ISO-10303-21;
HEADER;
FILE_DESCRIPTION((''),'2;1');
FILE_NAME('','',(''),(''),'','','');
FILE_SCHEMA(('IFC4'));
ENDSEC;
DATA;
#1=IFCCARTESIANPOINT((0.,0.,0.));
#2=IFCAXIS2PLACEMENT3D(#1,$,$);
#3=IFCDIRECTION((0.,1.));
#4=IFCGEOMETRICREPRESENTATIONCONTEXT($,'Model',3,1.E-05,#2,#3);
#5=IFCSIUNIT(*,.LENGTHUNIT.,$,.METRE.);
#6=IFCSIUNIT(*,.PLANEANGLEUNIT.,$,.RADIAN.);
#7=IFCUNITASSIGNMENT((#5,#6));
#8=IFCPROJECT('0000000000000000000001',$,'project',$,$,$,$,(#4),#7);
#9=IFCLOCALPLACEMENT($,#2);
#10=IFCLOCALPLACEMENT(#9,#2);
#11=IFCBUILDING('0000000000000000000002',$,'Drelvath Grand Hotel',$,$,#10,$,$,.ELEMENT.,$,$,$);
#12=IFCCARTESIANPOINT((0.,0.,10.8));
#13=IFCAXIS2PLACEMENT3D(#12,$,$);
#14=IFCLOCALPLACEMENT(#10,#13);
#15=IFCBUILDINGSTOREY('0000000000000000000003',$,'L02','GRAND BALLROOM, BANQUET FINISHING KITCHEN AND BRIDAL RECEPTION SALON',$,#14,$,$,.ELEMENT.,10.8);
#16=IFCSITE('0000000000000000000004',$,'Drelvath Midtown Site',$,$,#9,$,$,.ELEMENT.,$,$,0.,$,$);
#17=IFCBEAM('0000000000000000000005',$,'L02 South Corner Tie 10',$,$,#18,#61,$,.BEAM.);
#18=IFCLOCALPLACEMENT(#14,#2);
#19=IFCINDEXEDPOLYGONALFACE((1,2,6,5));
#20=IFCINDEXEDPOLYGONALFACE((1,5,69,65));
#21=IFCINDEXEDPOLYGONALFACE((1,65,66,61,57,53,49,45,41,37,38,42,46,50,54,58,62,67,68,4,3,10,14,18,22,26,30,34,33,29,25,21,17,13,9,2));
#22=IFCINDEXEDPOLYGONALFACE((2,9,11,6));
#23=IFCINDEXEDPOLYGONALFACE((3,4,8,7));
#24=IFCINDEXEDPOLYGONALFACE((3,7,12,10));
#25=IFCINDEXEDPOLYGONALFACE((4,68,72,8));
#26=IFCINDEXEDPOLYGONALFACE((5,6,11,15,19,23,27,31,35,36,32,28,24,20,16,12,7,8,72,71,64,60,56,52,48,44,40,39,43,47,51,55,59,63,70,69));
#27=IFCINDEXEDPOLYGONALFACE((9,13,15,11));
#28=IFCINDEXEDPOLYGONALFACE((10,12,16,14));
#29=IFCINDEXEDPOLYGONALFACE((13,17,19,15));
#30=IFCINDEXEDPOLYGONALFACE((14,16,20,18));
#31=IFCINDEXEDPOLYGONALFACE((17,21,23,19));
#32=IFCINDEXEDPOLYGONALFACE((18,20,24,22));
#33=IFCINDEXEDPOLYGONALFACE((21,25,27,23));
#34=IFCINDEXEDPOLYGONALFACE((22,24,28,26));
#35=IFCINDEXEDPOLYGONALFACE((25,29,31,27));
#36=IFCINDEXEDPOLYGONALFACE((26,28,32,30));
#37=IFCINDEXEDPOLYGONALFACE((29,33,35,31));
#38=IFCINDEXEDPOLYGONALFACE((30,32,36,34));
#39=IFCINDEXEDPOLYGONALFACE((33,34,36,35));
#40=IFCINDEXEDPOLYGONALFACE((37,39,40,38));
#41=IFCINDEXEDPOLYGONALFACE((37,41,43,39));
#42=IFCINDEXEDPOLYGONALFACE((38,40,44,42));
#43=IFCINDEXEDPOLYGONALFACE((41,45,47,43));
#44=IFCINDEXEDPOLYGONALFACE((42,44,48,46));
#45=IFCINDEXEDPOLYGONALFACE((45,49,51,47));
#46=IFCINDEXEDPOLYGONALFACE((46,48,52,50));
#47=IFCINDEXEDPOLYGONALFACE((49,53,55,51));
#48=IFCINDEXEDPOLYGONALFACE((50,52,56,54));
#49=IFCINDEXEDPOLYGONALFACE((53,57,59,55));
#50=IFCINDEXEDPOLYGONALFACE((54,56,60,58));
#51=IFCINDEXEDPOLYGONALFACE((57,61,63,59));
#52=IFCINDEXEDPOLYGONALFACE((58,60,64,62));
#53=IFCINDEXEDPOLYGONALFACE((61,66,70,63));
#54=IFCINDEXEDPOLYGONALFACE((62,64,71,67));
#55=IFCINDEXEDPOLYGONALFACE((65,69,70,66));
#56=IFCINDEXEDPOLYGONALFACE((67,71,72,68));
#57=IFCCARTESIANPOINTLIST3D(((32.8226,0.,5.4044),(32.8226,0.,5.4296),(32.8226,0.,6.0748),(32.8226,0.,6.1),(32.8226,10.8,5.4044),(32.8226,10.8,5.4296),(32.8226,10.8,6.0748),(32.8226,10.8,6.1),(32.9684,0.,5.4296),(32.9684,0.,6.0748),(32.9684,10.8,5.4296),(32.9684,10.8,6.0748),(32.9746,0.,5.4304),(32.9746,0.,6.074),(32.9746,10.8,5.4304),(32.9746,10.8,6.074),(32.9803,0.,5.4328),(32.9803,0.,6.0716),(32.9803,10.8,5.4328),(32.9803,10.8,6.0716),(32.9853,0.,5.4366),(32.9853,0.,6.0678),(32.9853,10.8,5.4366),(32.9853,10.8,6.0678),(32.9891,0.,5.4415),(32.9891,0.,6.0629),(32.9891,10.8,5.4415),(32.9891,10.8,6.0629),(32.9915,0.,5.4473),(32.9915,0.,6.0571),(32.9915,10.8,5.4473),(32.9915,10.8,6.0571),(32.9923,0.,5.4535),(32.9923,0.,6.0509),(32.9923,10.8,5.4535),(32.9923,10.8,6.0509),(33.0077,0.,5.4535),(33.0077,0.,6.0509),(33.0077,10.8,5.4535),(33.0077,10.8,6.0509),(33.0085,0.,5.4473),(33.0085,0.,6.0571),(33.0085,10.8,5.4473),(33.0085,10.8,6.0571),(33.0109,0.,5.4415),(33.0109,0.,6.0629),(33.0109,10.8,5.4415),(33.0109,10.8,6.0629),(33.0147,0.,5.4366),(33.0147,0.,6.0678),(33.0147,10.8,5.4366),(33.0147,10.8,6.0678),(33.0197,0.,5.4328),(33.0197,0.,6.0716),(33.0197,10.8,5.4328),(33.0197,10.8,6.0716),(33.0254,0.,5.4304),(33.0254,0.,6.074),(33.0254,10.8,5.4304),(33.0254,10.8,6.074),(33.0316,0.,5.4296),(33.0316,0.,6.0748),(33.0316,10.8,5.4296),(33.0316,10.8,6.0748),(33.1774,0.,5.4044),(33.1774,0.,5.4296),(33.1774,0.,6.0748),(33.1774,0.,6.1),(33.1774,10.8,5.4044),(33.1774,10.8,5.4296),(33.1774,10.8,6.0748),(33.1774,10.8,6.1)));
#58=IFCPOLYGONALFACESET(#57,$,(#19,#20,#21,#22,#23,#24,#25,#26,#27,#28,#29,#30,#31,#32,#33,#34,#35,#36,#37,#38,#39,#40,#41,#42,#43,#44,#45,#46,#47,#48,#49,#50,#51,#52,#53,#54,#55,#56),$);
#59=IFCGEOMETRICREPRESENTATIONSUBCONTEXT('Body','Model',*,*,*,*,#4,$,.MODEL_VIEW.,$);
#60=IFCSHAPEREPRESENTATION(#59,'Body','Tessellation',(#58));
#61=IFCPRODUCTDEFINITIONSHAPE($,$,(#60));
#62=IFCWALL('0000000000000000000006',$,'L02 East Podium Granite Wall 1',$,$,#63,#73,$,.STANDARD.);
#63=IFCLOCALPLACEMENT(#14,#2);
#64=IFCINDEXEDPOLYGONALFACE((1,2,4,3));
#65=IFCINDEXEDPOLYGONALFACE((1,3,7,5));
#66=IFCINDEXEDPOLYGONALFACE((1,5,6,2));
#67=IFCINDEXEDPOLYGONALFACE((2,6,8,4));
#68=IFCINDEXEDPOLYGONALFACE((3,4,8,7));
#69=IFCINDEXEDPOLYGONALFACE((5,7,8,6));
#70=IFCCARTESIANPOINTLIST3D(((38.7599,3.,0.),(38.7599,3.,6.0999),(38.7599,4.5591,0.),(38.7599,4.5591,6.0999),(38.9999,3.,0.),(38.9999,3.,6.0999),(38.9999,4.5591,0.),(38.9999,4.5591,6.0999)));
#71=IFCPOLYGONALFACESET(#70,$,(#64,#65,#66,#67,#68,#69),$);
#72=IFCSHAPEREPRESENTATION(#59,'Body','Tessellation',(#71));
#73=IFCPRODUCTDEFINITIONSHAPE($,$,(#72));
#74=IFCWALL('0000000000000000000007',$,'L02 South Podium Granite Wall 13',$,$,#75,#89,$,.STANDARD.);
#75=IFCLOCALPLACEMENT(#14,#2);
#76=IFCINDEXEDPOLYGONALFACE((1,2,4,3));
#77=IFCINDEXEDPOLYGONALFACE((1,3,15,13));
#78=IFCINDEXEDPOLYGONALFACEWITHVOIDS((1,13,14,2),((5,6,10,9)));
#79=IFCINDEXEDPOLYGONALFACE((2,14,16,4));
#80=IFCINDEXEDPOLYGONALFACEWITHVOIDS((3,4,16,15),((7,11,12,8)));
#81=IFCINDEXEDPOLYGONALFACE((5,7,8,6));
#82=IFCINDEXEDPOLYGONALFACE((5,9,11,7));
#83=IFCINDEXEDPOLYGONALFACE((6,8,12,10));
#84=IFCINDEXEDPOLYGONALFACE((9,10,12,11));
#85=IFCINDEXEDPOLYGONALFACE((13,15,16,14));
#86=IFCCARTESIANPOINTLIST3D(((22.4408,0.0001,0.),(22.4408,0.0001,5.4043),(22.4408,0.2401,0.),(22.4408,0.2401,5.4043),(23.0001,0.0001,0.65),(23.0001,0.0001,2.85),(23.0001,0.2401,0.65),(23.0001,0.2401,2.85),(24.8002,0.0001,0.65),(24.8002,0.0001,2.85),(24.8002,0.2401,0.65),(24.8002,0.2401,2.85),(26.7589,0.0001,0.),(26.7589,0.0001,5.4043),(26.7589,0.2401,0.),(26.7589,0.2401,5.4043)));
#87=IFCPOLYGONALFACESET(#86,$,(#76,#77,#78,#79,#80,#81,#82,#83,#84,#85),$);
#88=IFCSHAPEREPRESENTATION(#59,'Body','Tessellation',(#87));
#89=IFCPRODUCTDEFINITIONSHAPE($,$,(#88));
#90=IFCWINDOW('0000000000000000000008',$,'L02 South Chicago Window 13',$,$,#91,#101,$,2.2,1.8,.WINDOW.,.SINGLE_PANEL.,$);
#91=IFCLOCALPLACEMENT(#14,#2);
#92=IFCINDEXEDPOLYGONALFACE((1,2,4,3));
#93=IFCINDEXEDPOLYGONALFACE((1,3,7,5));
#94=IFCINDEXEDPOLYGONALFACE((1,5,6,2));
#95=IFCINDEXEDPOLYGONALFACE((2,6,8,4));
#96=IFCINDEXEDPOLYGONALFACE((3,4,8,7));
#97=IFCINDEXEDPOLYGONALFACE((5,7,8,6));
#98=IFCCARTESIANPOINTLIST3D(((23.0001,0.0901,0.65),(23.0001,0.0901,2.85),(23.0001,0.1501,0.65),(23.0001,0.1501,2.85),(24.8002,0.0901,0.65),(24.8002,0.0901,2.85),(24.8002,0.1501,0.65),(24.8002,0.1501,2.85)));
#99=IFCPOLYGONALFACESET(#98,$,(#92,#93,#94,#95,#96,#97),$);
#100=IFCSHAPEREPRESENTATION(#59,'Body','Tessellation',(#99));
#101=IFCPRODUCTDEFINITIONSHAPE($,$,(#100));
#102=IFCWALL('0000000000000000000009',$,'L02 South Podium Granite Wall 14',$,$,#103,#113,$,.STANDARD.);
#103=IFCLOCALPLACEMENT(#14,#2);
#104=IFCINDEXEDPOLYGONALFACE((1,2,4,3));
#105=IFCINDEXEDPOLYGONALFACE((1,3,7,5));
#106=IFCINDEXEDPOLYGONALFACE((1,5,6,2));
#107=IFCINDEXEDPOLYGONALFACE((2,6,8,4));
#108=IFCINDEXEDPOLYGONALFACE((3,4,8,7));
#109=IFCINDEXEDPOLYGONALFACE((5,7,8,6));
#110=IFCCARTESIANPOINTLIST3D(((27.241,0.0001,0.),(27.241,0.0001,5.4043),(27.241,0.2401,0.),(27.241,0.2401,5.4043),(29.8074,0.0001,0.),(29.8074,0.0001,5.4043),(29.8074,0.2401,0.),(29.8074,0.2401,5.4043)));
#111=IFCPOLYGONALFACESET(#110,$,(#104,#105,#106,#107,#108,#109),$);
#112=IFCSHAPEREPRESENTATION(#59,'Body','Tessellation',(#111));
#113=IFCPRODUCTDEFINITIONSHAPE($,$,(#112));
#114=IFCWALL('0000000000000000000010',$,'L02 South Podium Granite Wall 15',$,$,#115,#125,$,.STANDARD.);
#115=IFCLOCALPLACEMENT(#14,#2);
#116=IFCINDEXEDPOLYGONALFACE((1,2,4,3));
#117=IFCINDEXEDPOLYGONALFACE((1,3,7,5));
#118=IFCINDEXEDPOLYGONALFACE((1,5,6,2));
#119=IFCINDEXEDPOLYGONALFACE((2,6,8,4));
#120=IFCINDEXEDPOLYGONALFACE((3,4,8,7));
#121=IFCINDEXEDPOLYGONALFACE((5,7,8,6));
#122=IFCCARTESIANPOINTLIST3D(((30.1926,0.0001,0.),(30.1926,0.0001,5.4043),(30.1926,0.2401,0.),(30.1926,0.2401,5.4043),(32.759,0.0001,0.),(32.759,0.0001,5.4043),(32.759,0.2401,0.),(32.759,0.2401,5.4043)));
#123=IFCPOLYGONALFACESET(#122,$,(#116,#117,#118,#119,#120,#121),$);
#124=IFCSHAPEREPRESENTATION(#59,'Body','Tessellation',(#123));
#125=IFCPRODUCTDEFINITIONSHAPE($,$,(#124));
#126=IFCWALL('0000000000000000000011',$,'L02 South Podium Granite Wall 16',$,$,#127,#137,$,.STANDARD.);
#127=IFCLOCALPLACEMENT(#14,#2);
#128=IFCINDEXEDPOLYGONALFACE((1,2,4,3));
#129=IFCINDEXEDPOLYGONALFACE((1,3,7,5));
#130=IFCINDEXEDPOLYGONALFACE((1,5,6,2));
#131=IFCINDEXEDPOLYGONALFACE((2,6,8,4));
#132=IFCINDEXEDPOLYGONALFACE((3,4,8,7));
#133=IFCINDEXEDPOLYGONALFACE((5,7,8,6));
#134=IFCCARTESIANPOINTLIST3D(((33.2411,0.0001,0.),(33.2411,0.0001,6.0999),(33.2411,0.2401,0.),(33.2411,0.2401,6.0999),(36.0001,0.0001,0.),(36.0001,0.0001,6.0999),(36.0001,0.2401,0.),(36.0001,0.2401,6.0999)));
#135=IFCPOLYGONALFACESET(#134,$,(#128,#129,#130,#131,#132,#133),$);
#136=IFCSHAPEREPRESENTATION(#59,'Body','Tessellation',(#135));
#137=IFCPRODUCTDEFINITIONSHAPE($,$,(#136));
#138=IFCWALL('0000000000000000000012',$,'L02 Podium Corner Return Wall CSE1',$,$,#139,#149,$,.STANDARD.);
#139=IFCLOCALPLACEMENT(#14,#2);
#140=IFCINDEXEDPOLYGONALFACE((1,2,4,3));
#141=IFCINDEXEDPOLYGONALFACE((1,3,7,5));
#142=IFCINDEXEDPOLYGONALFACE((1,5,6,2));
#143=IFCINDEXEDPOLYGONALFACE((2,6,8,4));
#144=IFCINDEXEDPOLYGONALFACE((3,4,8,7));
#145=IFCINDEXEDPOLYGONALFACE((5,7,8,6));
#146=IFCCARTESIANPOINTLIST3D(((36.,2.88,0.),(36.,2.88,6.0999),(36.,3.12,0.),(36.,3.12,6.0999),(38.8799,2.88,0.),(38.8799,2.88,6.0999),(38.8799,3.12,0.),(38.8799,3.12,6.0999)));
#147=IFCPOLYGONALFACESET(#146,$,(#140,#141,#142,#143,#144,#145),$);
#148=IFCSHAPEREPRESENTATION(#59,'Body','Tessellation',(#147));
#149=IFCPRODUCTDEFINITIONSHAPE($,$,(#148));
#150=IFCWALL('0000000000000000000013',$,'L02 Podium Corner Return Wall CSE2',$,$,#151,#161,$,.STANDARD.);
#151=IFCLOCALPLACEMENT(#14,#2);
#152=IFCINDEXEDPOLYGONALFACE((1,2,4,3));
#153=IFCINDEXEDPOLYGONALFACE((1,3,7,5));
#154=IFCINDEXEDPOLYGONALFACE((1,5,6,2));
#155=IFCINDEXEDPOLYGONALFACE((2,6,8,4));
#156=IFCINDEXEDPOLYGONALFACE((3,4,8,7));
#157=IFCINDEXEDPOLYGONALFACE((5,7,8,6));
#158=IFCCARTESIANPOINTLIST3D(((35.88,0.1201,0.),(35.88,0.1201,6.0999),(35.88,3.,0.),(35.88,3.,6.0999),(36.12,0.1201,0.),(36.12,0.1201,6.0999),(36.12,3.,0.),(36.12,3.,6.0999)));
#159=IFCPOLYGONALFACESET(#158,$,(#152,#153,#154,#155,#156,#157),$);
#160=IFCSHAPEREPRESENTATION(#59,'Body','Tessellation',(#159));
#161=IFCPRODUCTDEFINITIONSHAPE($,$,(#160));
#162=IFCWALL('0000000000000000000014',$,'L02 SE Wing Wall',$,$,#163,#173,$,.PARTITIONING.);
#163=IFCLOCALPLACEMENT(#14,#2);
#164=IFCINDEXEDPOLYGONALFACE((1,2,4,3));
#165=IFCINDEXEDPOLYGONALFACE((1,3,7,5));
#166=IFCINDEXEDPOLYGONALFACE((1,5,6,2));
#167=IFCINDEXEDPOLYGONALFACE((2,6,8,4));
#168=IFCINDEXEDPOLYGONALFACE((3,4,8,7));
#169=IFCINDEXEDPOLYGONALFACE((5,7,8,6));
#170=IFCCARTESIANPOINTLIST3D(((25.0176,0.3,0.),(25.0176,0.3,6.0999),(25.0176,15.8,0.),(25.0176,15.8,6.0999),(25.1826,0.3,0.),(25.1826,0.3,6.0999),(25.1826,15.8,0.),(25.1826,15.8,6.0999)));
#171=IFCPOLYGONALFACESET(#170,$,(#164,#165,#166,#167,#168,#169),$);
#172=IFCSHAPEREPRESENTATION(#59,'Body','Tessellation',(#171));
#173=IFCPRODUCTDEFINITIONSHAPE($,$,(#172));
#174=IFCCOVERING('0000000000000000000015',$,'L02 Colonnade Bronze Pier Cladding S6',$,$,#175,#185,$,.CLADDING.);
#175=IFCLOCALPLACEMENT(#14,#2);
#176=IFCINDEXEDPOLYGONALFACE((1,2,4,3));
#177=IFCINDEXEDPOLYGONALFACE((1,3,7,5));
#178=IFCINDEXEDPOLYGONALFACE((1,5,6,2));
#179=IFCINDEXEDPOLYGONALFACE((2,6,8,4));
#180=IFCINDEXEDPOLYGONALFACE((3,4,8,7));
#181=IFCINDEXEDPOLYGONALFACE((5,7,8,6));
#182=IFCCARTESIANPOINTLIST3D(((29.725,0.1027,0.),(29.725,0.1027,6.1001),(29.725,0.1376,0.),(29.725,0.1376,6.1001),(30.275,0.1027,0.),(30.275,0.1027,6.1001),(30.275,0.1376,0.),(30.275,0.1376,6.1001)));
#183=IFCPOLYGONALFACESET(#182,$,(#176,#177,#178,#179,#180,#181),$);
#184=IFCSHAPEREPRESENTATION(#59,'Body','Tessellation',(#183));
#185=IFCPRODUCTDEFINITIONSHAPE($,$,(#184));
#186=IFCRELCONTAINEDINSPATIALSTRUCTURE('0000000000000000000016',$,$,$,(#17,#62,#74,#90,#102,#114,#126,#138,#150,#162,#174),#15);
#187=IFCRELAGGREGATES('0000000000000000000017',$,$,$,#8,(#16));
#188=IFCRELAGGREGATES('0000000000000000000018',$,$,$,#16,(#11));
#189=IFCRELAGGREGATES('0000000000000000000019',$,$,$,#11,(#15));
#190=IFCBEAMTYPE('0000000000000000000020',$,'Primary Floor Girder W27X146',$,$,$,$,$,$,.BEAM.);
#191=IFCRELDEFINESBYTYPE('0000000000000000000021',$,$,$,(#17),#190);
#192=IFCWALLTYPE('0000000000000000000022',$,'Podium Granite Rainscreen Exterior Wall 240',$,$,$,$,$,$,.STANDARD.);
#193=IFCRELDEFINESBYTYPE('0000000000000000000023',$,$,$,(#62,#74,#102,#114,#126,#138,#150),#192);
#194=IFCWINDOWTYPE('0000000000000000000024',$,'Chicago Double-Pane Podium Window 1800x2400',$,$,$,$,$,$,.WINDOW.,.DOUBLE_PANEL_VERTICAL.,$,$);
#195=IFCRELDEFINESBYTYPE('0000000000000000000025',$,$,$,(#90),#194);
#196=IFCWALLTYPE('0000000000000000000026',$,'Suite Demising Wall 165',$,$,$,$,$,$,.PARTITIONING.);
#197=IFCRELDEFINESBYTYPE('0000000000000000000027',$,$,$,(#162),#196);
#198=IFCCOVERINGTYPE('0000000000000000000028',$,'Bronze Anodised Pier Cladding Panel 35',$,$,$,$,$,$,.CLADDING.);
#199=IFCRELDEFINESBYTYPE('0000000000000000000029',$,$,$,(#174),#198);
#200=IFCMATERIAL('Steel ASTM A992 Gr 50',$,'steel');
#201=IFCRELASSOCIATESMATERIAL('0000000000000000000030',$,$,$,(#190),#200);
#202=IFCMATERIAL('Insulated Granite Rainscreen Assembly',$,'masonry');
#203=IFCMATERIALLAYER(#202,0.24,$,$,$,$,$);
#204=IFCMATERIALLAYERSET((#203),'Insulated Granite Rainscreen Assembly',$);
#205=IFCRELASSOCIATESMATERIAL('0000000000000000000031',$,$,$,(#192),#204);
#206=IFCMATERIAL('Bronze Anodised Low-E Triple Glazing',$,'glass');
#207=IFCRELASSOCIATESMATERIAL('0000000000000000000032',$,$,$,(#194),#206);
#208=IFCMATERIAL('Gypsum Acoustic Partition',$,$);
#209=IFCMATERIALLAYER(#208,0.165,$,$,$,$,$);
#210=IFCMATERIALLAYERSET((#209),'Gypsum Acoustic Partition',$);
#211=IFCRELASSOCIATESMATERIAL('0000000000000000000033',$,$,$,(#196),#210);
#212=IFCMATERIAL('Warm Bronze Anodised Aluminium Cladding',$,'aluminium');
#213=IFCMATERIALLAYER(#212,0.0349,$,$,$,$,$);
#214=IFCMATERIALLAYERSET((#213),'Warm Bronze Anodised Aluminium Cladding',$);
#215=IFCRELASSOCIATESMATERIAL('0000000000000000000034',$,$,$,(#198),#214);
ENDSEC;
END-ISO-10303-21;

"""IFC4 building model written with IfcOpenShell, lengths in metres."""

from ifc_helpers import new_model, si_unit, direction, frame, frame_2d, origin, origin_2d, place, context, subcontext, project, spatial, rectangle, i_section, extrude, material, layer, layer_set, material_profile, profile_set, type_object, element, fill, save


model = new_model("IFC4")

# Units and contexts
model_context = context("Model", 3, precision=1e-05, world=origin(), true_north=direction((0.0, 1.0)))
body_context = subcontext(model_context, "Body", "Model", "MODEL_VIEW")
ifc_project = project(units=[si_unit("LENGTHUNIT", "METRE"), si_unit("PLANEANGLEUNIT", "RADIAN")], contexts=[model_context])

# Site, building, storey
site_placement = place(None, origin())
site = spatial("IfcSite", under=ifc_project, at=site_placement, Name="Drelvath Midtown Site", CompositionType="ELEMENT", RefElevation=0.0)
building_placement = place(site_placement, origin())
building = spatial("IfcBuilding", under=site, at=building_placement, Name="Drelvath Grand Hotel", CompositionType="ELEMENT")
storey_placement = place(building_placement, frame((0.0, 0.0, 10.8)))
storey = spatial("IfcBuildingStorey", under=building, at=storey_placement, Name="L02", Description="GRAND BALLROOM, BANQUET FINISHING KITCHEN AND BRIDAL RECEPTION SALON", CompositionType="ELEMENT", Elevation=10.8)

# Beam
ifc_material_1 = material(Name="Steel ASTM A992 Gr 50", Category="steel")
ifc_material_profile_1 = material_profile(ifc_material_1, i_section(OverallWidth=0.3547, OverallDepth=0.6956, WebThickness=0.0154, FlangeThickness=0.0251, FilletRadius=0.0239, at=origin_2d()), Name="W27X146")
ifc_profile_set_1 = profile_set([ifc_material_profile_1], Name="Steel ASTM A992 Gr 50")
beam_type_1 = type_object("IfcBeamType", Name="Primary Floor Girder W27X146", PredefinedType="BEAM", material=ifc_profile_set_1)
for number, where, z_axis, x_axis, name in (
    (1, (33.0, 0.0, 5.7522), (0.0, 1.0, 0.0), (-1.0, 0.0, 0.0), "L02 South Corner Tie 10"),
):
    element("IfcBeam", number, at=place(storey_placement, frame(where, z_axis=z_axis, x_axis=x_axis)), inside=storey, type_object=beam_type_1, Name=name, PredefinedType="BEAM", context=body_context, shape_type="SweptSolid", body=[
        extrude(i_section(OverallWidth=0.3547, OverallDepth=0.6956, WebThickness=0.0154, FlangeThickness=0.0251, FilletRadius=0.0239, at=origin_2d()), origin(), (0.0, 0.0, 1.0), 10.8),
    ])

# Wall
ifc_material_2 = material(Name="Insulated Granite Rainscreen Assembly", Category="masonry")
ifc_layer_1 = layer(ifc_material_2, 0.24)
ifc_layer_set_1 = layer_set([ifc_layer_1], Name="Insulated Granite Rainscreen Assembly")
wall_type_1 = type_object("IfcWallType", Name="Podium Granite Rainscreen Exterior Wall 240", PredefinedType="STANDARD", material=ifc_layer_set_1)
wall_1_placement = place(storey_placement, frame((38.8799, 4.5591, 0.0), z_axis=(0.0, 0.0, 1.0), x_axis=(0.0, -1.0, 0.0)))
element("IfcWall", 2, at=wall_1_placement, inside=storey, type_object=wall_type_1, Name="L02 East Podium Granite Wall 1", PredefinedType="STANDARD", context=body_context, shape_type="SweptSolid", body=[
    extrude(rectangle(XDim=1.5591, YDim=0.24, at=frame_2d((0.7795, 0.0))), origin(), (0.0, 0.0, 1.0), 6.0999),
])

# Wall, opening, window
wall_2_placement = place(storey_placement, frame((26.759, 0.1201, 0.0), z_axis=(0.0, 0.0, 1.0), x_axis=(-1.0, 0.0, 0.0)))
wall_2 = element("IfcWall", 3, at=wall_2_placement, inside=storey, type_object=wall_type_1, Name="L02 South Podium Granite Wall 13", PredefinedType="STANDARD", context=body_context, shape_type="SweptSolid", body=[
    extrude(rectangle(XDim=4.3181, YDim=0.24, at=frame_2d((2.1592, 0.0))), origin(), (0.0, 0.0, 1.0), 5.4043),
])
opening_placement = place(wall_2_placement, frame((1.959, 0.0, 0.6499)))
opening = element("IfcOpeningElement", 4, at=opening_placement, cuts=wall_2, PredefinedType="OPENING", context=body_context, shape_type="SweptSolid", body=[
    extrude(rectangle(XDim=1.8, YDim=2.2, at=frame_2d((0.8999, 1.1001))), frame((0.0, 0.1299, 0.0), z_axis=(0.0, -1.0, 0.0), x_axis=(1.0, 0.0, 0.0)), (0.0, 0.0, 1.0), 0.26),
])
ifc_material_3 = material(Name="Bronze Anodised Low-E Triple Glazing", Category="glass")
window_type = type_object("IfcWindowType", Name="Chicago Double-Pane Podium Window 1800x2400", PartitioningType="DOUBLE_PANEL_VERTICAL", PredefinedType="WINDOW", material=ifc_material_3)
window_placement = place(opening_placement, origin())
window = element("IfcWindow", 5, at=window_placement, inside=storey, type_object=window_type, Name="L02 South Chicago Window 13", OverallHeight=2.2, OverallWidth=1.8, PartitioningType="SINGLE_PANEL", PredefinedType="WINDOW", context=body_context, shape_type="SweptSolid", body=[
    extrude(rectangle(XDim=1.8, YDim=2.2, at=frame_2d((0.8999, 1.1001))), frame((0.0, 0.03, 0.0), z_axis=(0.0, -1.0, 0.0), x_axis=(1.0, 0.0, 0.0)), (0.0, 0.0, 1.0), 0.0601),
])
fill(opening, window)

# Walls
for number, where, z_axis, x_axis, name in (
    (6, (29.8074, 0.1201, 0.0), (0.0, 0.0, 1.0), (-1.0, 0.0, 0.0), "L02 South Podium Granite Wall 14"),
    (7, (32.759, 0.1201, 0.0), (0.0, 0.0, 1.0), (-1.0, 0.0, 0.0), "L02 South Podium Granite Wall 15"),
):
    element("IfcWall", number, at=place(storey_placement, frame(where, z_axis=z_axis, x_axis=x_axis)), inside=storey, type_object=wall_type_1, Name=name, PredefinedType="STANDARD", context=body_context, shape_type="SweptSolid", body=[
        extrude(rectangle(XDim=2.5664, YDim=0.24, at=frame_2d((1.2832, 0.0))), origin(), (0.0, 0.0, 1.0), 5.4043),
    ])
wall_3_placement = place(storey_placement, frame((36.0, 0.1201, 0.0), z_axis=(0.0, 0.0, 1.0), x_axis=(-1.0, 0.0, 0.0)))
element("IfcWall", 8, at=wall_3_placement, inside=storey, type_object=wall_type_1, Name="L02 South Podium Granite Wall 16", PredefinedType="STANDARD", context=body_context, shape_type="SweptSolid", body=[
    extrude(rectangle(XDim=2.759, YDim=0.24, at=frame_2d((1.3794, 0.0))), origin(), (0.0, 0.0, 1.0), 6.0999),
])
for number, where, z_axis, x_axis, name in (
    (9, (38.8799, 3.0, 0.0), (0.0, 0.0, 1.0), (-1.0, 0.0, 0.0), "L02 Podium Corner Return Wall CSE1"),
    (10, (36.0, 3.0, 0.0), (0.0, 0.0, 1.0), (0.0, -1.0, 0.0), "L02 Podium Corner Return Wall CSE2"),
):
    element("IfcWall", number, at=place(storey_placement, frame(where, z_axis=z_axis, x_axis=x_axis)), inside=storey, type_object=wall_type_1, Name=name, PredefinedType="STANDARD", context=body_context, shape_type="SweptSolid", body=[
        extrude(rectangle(XDim=2.8799, YDim=0.24, at=frame_2d((1.4399, 0.0))), origin(), (0.0, 0.0, 1.0), 6.0999),
    ])
ifc_material_4 = material(Name="Gypsum Acoustic Partition")
ifc_layer_2 = layer(ifc_material_4, 0.165)
ifc_layer_set_2 = layer_set([ifc_layer_2], Name="Gypsum Acoustic Partition")
wall_type_2 = type_object("IfcWallType", Name="Suite Demising Wall 165", PredefinedType="PARTITIONING", material=ifc_layer_set_2)
wall_4_placement = place(storey_placement, frame((25.1001, 0.3, 0.0), z_axis=(0.0, 0.0, 1.0), x_axis=(0.0, 1.0, 0.0)))
element("IfcWall", 11, at=wall_4_placement, inside=storey, type_object=wall_type_2, Name="L02 SE Wing Wall", PredefinedType="PARTITIONING", context=body_context, shape_type="SweptSolid", body=[
    extrude(rectangle(XDim=15.5, YDim=0.165, at=frame_2d((7.75, 0.0))), origin(), (0.0, 0.0, 1.0), 6.0999),
])

# Covering
ifc_material_5 = material(Name="Warm Bronze Anodised Aluminium Cladding", Category="aluminium")
ifc_layer_3 = layer(ifc_material_5, 0.0349)
ifc_layer_set_3 = layer_set([ifc_layer_3], Name="Warm Bronze Anodised Aluminium Cladding")
covering_type = type_object("IfcCoveringType", Name="Bronze Anodised Pier Cladding Panel 35", PredefinedType="CLADDING", material=ifc_layer_set_3)
covering_placement = place(storey_placement, frame((30.0, 0.1201, 0.0), z_axis=(0.0, 0.0, 1.0), x_axis=(1.0, 0.0, 0.0)))
element("IfcCovering", 12, at=covering_placement, inside=storey, type_object=covering_type, Name="L02 Colonnade Bronze Pier Cladding S6", PredefinedType="CLADDING", context=body_context, shape_type="SweptSolid", body=[
    extrude(rectangle(XDim=0.55, YDim=0.0349, at=origin_2d()), origin(), (0.0, 0.0, 1.0), 6.1001),
])

save(model, "model.ifc")
